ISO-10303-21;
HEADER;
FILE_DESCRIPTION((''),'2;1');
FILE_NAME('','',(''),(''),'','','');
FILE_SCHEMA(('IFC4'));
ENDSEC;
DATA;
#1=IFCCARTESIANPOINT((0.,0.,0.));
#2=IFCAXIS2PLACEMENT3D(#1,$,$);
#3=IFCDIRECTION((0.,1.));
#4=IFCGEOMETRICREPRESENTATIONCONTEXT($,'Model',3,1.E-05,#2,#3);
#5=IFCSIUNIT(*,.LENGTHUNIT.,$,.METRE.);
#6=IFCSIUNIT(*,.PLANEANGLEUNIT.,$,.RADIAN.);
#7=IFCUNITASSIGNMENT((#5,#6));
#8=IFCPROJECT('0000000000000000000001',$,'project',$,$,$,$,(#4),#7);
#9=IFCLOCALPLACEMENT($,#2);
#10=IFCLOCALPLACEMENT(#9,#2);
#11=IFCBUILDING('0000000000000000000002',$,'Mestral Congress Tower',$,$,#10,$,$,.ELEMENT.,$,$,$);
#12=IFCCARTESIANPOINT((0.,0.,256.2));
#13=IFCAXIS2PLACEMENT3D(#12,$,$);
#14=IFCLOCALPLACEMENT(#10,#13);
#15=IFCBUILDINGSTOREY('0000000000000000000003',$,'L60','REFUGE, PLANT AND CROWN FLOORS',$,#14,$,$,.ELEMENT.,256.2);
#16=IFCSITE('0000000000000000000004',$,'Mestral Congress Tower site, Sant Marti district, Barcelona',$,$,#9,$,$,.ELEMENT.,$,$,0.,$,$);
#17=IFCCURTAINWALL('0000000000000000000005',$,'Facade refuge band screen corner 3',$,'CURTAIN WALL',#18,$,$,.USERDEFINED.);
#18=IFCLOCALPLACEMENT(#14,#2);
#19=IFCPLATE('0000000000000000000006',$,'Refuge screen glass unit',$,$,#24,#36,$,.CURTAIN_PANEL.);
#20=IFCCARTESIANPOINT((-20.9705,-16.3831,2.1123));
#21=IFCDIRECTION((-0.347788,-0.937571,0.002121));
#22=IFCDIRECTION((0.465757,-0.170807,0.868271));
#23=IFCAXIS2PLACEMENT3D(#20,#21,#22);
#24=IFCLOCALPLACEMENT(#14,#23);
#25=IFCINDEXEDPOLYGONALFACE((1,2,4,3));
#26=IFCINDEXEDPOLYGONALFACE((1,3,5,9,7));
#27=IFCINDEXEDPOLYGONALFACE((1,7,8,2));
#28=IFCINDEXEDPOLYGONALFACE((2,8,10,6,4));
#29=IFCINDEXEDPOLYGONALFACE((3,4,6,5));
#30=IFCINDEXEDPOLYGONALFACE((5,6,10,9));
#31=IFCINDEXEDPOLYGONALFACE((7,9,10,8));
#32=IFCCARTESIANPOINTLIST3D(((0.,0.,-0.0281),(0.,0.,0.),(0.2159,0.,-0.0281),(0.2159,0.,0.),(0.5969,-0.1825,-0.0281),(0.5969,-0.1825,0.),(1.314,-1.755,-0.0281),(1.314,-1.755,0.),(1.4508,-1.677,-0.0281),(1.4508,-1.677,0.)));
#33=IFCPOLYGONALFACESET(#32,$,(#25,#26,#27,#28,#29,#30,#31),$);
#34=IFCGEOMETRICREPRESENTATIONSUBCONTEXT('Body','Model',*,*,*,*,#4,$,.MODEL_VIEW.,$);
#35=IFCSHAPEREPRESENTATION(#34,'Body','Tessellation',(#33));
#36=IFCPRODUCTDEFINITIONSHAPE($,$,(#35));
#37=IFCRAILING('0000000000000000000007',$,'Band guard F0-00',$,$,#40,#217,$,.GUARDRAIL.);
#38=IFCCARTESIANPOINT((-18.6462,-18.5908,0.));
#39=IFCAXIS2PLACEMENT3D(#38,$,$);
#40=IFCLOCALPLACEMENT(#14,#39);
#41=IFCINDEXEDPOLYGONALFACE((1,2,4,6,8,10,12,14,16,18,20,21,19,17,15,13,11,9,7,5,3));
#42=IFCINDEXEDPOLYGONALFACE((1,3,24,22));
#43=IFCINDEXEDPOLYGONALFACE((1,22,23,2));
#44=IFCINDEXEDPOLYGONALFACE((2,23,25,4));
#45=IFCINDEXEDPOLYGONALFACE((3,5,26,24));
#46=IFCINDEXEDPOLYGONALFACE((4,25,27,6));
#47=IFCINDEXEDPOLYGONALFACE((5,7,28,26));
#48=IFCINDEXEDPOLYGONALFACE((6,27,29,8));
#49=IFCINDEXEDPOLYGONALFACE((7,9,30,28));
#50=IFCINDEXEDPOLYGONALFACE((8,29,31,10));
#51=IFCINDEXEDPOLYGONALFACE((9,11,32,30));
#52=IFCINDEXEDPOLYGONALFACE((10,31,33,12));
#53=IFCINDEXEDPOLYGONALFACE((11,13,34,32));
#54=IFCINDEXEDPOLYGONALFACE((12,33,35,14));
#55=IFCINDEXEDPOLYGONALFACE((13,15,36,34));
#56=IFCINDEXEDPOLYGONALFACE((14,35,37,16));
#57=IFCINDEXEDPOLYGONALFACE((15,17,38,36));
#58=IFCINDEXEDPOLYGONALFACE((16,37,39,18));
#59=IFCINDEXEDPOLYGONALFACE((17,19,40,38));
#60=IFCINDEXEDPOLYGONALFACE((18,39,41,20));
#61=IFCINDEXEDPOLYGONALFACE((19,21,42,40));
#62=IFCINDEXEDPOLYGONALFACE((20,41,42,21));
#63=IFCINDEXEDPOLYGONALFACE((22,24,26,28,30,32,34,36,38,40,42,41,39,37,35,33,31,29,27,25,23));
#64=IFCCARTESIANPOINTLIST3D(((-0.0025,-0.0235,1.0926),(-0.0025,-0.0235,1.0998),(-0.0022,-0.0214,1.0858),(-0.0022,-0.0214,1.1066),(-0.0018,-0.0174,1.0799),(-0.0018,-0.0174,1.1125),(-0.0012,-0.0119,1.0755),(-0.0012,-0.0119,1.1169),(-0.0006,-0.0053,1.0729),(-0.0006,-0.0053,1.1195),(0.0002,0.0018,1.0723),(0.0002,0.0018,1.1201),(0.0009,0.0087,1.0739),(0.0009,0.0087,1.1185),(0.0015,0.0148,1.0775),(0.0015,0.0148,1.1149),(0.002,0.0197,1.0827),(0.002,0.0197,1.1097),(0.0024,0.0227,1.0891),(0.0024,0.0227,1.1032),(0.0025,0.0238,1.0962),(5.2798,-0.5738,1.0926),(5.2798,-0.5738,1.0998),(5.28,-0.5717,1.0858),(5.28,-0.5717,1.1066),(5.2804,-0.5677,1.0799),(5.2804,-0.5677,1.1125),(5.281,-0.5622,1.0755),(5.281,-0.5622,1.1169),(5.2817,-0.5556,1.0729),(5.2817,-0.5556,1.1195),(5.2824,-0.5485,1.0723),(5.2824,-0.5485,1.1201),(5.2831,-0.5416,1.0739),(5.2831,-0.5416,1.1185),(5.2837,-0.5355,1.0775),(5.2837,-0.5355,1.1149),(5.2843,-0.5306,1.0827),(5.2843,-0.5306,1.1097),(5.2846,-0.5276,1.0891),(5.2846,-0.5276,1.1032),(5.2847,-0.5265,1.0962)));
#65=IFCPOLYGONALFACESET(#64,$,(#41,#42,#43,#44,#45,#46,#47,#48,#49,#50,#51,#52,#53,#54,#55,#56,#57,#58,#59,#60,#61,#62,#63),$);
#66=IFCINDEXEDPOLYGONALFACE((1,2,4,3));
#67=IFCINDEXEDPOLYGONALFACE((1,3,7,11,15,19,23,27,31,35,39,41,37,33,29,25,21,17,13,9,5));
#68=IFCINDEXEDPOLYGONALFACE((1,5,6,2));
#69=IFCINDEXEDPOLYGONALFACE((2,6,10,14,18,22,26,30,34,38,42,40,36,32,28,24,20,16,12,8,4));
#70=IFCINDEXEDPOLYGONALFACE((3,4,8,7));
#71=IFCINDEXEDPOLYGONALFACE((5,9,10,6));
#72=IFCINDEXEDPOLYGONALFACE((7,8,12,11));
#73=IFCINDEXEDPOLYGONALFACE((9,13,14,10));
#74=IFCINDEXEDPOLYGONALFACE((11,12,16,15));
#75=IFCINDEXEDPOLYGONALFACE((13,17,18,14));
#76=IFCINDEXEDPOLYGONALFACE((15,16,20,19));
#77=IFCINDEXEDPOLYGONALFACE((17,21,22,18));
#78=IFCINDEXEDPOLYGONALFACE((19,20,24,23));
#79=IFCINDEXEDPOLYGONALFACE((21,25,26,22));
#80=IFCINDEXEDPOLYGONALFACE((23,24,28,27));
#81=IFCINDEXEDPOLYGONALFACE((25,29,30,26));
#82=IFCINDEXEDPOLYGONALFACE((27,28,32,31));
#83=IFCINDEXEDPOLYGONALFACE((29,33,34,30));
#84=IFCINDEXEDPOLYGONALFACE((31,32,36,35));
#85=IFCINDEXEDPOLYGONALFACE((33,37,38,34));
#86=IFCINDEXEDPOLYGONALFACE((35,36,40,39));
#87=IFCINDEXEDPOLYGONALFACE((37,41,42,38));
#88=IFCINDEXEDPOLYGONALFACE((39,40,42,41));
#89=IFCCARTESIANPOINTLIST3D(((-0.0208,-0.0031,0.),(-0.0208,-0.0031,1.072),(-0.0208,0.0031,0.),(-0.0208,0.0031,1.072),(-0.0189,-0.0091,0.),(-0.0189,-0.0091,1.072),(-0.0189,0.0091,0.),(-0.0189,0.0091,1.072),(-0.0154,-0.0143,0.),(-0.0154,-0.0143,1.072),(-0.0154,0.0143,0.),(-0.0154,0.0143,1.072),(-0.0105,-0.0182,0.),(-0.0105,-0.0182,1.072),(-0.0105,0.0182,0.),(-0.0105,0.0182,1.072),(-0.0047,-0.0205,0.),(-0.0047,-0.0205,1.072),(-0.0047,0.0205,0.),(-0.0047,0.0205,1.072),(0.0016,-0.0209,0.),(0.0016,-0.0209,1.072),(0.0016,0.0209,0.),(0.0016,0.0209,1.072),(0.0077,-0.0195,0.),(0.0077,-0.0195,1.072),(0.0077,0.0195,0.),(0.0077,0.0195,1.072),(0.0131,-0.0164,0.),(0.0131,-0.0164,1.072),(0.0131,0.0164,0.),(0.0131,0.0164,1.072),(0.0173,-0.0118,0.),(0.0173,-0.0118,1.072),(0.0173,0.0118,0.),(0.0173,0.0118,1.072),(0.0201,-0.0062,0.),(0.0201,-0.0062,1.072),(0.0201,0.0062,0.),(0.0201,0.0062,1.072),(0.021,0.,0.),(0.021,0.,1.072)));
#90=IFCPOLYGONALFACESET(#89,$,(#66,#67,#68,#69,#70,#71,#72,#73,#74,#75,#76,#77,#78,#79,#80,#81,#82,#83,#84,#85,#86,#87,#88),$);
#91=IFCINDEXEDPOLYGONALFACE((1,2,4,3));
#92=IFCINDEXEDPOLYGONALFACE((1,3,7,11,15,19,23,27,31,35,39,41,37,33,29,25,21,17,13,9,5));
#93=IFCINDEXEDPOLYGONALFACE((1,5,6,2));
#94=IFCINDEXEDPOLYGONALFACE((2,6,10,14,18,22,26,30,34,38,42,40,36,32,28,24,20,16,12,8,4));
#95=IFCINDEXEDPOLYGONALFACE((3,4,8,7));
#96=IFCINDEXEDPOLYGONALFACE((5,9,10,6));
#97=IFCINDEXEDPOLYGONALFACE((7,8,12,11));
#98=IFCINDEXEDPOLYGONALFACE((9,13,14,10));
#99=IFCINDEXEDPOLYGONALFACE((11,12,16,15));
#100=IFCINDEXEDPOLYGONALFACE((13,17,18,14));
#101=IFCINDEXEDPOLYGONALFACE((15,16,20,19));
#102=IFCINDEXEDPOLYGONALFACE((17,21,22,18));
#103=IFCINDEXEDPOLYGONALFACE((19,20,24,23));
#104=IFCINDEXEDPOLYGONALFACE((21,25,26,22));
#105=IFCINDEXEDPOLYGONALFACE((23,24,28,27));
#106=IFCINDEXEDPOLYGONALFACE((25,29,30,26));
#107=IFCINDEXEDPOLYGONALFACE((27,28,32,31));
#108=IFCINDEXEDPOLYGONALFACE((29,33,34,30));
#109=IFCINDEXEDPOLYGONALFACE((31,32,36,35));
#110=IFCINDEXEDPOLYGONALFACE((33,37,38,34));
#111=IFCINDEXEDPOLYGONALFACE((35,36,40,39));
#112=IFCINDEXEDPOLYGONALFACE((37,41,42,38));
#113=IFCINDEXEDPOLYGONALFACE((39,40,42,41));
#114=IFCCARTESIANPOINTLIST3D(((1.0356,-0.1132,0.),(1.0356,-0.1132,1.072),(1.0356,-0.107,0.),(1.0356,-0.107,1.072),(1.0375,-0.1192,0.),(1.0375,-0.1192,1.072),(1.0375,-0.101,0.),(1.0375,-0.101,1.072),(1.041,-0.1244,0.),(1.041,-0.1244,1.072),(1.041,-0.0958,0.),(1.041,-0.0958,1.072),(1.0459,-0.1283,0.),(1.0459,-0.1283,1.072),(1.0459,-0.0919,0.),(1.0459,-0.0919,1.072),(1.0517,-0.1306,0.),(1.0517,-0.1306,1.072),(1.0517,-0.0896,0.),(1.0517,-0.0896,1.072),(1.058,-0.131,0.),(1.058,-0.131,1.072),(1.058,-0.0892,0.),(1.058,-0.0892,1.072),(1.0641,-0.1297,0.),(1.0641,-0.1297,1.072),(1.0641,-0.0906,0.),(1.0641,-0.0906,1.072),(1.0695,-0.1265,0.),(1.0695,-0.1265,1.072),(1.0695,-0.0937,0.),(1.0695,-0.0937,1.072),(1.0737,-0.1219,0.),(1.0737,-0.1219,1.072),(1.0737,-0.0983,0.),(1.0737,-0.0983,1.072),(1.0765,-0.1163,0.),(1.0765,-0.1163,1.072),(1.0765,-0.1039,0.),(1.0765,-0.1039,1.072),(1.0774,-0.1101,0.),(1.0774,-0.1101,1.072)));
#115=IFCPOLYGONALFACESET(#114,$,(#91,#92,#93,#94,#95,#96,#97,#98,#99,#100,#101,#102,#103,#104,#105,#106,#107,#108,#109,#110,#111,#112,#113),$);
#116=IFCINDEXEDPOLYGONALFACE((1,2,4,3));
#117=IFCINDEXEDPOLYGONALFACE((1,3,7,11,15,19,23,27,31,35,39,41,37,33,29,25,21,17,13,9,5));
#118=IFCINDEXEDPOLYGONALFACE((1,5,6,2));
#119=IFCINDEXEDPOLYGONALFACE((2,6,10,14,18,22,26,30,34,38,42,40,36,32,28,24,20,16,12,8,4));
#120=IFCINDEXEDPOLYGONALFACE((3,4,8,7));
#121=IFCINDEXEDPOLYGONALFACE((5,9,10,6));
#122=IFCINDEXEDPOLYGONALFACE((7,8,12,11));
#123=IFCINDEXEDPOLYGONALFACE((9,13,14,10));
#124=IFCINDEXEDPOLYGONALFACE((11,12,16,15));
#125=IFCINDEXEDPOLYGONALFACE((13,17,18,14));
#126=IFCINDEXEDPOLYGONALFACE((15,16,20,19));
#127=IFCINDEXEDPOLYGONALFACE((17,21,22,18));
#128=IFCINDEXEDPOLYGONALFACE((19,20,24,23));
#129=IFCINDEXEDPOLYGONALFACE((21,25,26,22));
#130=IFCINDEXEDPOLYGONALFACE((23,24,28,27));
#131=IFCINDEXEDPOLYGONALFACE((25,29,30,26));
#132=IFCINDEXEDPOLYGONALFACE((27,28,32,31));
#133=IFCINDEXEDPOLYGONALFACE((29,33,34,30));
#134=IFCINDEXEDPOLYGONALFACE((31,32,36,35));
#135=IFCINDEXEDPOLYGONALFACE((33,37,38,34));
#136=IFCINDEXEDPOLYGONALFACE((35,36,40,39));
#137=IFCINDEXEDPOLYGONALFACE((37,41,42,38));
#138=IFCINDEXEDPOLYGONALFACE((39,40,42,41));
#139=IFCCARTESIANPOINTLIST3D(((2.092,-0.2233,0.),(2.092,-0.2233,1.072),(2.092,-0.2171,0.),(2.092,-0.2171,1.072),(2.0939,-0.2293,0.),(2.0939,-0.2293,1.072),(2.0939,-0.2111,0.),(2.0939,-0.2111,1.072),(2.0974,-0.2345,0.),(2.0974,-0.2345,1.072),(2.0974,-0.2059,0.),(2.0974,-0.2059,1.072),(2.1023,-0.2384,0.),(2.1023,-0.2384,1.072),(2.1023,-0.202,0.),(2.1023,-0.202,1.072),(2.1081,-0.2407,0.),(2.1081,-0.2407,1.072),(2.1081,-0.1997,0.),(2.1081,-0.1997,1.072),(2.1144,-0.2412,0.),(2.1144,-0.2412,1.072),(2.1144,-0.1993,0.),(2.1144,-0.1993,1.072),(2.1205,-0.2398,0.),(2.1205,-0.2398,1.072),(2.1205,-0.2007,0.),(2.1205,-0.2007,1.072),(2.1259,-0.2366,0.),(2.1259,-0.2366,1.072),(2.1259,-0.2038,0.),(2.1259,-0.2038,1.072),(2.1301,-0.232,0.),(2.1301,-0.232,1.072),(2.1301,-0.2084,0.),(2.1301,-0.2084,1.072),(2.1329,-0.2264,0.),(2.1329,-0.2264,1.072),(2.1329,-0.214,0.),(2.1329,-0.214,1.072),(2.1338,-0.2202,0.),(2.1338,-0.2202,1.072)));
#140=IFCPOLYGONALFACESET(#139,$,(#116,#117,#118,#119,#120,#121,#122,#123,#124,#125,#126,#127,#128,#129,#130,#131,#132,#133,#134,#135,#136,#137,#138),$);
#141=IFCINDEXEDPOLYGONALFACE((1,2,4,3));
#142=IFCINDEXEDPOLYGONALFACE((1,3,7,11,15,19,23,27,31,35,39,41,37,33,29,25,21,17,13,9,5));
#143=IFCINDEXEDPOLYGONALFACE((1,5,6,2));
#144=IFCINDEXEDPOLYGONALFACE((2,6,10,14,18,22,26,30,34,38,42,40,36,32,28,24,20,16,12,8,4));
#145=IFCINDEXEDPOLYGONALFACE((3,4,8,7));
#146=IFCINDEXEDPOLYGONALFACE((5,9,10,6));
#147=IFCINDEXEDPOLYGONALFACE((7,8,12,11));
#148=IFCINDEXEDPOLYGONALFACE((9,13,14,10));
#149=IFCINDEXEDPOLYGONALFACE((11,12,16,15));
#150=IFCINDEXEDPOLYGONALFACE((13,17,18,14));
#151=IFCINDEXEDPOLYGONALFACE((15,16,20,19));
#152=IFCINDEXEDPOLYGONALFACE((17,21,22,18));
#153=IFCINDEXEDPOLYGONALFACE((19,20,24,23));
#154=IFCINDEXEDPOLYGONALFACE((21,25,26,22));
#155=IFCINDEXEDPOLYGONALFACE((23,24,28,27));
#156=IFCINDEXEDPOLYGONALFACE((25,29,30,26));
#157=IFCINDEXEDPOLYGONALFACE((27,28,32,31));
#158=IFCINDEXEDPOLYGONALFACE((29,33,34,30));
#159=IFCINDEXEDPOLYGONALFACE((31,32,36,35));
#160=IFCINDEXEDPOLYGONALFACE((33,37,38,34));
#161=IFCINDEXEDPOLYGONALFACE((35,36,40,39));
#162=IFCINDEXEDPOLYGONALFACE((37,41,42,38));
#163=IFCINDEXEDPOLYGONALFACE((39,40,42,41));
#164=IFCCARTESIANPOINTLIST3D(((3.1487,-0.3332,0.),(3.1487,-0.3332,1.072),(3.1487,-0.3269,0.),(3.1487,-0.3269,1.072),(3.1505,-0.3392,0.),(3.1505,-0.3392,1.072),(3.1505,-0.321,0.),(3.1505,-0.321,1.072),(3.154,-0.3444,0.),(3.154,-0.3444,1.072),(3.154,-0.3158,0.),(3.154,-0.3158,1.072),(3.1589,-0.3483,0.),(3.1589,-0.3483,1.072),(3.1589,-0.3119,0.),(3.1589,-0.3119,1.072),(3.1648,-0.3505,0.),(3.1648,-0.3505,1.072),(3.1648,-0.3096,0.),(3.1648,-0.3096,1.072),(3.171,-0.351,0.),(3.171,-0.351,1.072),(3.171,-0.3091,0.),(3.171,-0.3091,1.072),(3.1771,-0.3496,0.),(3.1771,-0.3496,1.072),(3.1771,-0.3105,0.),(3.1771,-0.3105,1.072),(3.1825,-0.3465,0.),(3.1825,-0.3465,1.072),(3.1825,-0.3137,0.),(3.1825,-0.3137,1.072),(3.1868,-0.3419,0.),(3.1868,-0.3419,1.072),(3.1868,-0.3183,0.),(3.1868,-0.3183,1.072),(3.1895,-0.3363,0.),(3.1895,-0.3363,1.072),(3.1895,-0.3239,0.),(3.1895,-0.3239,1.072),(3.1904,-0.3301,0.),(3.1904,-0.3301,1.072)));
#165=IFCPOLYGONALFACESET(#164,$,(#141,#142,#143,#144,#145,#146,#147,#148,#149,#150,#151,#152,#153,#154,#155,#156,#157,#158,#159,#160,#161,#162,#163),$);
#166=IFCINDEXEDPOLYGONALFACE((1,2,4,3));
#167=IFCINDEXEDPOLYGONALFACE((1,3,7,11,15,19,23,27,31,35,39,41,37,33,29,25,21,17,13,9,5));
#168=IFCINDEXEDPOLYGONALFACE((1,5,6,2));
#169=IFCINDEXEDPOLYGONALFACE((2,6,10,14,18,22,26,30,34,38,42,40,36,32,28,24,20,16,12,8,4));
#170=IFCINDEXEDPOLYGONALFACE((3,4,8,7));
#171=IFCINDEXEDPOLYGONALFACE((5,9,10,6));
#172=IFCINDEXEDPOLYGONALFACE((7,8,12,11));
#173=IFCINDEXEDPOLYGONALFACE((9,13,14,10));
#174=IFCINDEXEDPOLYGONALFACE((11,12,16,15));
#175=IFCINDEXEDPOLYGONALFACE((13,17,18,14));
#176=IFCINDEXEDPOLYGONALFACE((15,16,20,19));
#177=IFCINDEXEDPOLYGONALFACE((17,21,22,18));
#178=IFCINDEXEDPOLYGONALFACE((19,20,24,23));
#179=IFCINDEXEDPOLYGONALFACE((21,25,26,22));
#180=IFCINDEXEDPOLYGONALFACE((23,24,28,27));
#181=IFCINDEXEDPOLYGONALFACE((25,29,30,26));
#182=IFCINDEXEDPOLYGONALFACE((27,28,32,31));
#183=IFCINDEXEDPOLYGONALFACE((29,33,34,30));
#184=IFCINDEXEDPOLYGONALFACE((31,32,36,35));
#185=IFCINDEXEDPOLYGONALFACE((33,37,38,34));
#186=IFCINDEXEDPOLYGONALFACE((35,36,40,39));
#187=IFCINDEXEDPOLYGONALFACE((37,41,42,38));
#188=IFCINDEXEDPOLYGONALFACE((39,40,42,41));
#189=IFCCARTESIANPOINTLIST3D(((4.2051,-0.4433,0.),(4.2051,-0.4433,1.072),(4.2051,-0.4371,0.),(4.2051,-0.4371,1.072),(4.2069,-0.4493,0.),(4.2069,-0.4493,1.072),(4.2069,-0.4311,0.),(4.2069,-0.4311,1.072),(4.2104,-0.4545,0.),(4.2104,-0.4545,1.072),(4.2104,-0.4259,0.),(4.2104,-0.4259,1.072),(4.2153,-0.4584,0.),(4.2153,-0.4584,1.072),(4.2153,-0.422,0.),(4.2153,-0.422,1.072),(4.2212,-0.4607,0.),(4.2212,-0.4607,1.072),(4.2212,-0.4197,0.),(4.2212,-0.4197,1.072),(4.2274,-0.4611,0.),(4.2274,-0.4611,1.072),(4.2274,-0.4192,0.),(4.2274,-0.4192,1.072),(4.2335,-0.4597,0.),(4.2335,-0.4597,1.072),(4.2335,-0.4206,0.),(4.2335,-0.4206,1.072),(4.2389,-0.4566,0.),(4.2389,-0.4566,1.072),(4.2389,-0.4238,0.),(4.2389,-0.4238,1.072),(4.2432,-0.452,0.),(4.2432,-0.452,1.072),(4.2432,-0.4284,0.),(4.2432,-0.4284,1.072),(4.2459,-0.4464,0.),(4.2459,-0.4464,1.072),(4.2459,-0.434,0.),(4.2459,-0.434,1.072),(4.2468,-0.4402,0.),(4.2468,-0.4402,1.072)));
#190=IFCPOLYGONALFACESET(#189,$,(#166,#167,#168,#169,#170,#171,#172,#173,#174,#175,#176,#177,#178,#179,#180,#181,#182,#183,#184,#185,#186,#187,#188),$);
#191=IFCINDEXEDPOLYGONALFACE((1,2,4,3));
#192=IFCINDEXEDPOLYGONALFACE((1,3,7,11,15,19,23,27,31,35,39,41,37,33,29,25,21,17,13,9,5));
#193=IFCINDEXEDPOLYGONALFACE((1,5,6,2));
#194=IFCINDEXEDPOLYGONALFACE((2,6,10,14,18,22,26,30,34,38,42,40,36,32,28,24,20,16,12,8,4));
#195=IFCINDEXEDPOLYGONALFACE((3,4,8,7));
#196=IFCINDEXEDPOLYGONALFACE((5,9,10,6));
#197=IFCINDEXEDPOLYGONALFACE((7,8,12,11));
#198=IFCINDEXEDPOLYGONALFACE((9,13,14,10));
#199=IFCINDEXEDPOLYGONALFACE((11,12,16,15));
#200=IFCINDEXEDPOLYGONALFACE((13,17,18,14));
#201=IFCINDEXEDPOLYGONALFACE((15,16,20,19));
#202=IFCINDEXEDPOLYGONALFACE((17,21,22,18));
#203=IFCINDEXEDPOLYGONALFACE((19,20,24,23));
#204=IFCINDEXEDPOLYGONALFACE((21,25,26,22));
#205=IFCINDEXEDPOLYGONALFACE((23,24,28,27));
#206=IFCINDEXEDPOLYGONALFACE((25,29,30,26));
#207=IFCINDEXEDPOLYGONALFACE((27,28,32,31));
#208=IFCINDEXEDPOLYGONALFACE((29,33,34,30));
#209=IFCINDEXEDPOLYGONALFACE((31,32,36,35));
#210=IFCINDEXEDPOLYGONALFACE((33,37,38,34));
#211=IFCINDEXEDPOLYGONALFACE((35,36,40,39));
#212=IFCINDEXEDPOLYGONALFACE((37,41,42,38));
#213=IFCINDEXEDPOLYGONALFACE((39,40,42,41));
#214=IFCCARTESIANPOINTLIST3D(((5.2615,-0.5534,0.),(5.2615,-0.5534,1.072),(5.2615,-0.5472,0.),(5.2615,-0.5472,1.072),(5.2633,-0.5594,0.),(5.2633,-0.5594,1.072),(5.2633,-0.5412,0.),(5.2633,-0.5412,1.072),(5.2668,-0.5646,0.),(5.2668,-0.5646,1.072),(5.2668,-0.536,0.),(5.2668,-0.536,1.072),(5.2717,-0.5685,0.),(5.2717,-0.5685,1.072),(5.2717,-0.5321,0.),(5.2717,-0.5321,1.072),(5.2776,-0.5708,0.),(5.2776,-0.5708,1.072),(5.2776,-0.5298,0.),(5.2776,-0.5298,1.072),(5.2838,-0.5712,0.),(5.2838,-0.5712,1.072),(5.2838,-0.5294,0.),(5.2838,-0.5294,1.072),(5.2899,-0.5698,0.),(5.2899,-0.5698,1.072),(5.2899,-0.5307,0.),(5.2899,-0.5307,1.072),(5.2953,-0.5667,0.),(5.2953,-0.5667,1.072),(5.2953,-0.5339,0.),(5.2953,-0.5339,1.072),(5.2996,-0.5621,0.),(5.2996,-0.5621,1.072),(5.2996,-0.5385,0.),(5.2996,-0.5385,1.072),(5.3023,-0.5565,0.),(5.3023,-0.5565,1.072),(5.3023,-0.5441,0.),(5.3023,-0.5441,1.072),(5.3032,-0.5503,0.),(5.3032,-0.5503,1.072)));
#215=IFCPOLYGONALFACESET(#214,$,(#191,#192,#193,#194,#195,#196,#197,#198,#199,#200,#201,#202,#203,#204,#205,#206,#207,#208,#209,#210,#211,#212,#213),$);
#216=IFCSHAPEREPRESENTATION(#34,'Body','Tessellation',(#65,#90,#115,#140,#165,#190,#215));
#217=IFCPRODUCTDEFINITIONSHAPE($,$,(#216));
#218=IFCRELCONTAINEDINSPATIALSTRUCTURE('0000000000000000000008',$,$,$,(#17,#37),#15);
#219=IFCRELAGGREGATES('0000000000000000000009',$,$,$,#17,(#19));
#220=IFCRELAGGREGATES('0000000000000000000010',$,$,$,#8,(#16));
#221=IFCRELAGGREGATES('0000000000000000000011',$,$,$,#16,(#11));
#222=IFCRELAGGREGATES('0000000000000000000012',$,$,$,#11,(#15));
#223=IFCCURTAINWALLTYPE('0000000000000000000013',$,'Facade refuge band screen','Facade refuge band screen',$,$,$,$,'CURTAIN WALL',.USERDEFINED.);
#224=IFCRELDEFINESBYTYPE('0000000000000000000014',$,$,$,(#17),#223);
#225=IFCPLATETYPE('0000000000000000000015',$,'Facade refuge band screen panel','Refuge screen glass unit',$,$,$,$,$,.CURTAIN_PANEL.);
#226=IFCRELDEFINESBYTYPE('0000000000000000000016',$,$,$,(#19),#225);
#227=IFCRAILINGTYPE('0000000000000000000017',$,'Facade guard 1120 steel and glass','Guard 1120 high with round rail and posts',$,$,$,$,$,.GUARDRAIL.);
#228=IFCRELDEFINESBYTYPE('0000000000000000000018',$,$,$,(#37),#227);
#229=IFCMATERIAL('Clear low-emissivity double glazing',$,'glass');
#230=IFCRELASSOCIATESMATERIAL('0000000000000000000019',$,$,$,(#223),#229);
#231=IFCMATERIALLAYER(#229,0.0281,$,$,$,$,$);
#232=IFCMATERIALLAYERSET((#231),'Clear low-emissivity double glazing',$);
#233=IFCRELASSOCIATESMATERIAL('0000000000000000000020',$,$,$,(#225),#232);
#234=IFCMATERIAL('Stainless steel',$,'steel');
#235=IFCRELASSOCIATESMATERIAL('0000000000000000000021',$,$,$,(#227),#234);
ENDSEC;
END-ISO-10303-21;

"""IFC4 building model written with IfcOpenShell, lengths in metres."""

from ifc_helpers import new_model, si_unit, direction, frame, origin, origin_2d, place, context, subcontext, project, spatial, polyline, circle, outline, extrude, material, layer, layer_set, type_object, element, aggregate, save


model = new_model("IFC4")

# Units and contexts
model_context = context("Model", 3, precision=1e-05, world=origin(), true_north=direction((0.0, 1.0)))
body_context = subcontext(model_context, "Body", "Model", "MODEL_VIEW")
ifc_project = project(units=[si_unit("LENGTHUNIT", "METRE"), si_unit("PLANEANGLEUNIT", "RADIAN")], contexts=[model_context])

# Site, building, storey
site_placement = place(None, origin())
site = spatial("IfcSite", under=ifc_project, at=site_placement, Name="Mestral Congress Tower site, Sant Marti district, Barcelona", CompositionType="ELEMENT", RefElevation=0.0)
building_placement = place(site_placement, origin())
building = spatial("IfcBuilding", under=site, at=building_placement, Name="Mestral Congress Tower", CompositionType="ELEMENT")
storey_placement = place(building_placement, frame((0.0, 0.0, 256.2)))
storey = spatial("IfcBuildingStorey", under=building, at=storey_placement, Name="L60", Description="REFUGE, PLANT AND CROWN FLOORS", CompositionType="ELEMENT", Elevation=256.2)

# Curtain wall
ifc_material_1 = material(Name="Clear low-emissivity double glazing", Category="glass")
curtain_wall_type = type_object("IfcCurtainWallType", Name="Facade refuge band screen", Description="Facade refuge band screen", ElementType="CURTAIN WALL", PredefinedType="USERDEFINED", material=ifc_material_1)
placement = place(storey_placement, origin())
curtain_wall_1 = element("IfcCurtainWall", 1, at=placement, inside=storey, type_object=curtain_wall_type, Name="Facade refuge band screen corner 3", ObjectType="CURTAIN WALL", PredefinedType="USERDEFINED")

# Plate
ifc_layer_1 = layer(ifc_material_1, 0.0281)
ifc_layer_set_1 = layer_set([ifc_layer_1], Name="Clear low-emissivity double glazing")
plate_type_1 = type_object("IfcPlateType", Name="Facade refuge band screen panel", Description="Refuge screen glass unit", PredefinedType="CURTAIN_PANEL", material=ifc_layer_set_1)
plate_1_placement = place(storey_placement, frame((-20.9705, -16.3831, 2.1123), z_axis=(-0.347788, -0.937571, 0.002121), x_axis=(0.465757, -0.170807, 0.868271)))
plate_1 = element("IfcPlate", 2, at=plate_1_placement, type_object=plate_type_1, Name="Refuge screen glass unit", PredefinedType="CURTAIN_PANEL", context=body_context, shape_type="SweptSolid", body=[
    extrude(outline(polyline([(0.0, 0.0), (0.2159, 0.0), (0.5969, -0.1825), (1.4508, -1.677), (1.314, -1.755), (0.0, 0.0)])), origin(), (0.0, 0.0, -1.0), 0.0281),
])

# Railing
ifc_material_2 = material(Name="Stainless steel", Category="steel")
railing_type = type_object("IfcRailingType", Name="Facade guard 1120 steel and glass", Description="Guard 1120 high with round rail and posts", PredefinedType="GUARDRAIL", material=ifc_material_2)
railing_placement = place(storey_placement, frame((-18.6462, -18.5908, 0.0)))
element("IfcRailing", 3, at=railing_placement, inside=storey, type_object=railing_type, Name="Band guard F0-00", PredefinedType="GUARDRAIL", context=body_context, shape_type="SweptSolid", body=[
    extrude(circle(Radius=0.0239, at=origin_2d()), frame((0.0, 0.0, 1.0962), z_axis=(0.994617, -0.103617, 0.0), x_axis=(0.103617, 0.994617, 0.0)), (0.0, 0.0, 1.0), 5.3108),
    extrude(circle(Radius=0.021, at=origin_2d()), origin(), (0.0, 0.0, 1.0), 1.072),
    extrude(circle(Radius=0.021, at=origin_2d()), frame((1.0564, -0.1101, 0.0)), (0.0, 0.0, 1.0), 1.072),
    extrude(circle(Radius=0.021, at=origin_2d()), frame((2.1128, -0.2202, 0.0)), (0.0, 0.0, 1.0), 1.072),
    extrude(circle(Radius=0.021, at=origin_2d()), frame((3.1694, -0.3301, 0.0)), (0.0, 0.0, 1.0), 1.072),
    extrude(circle(Radius=0.021, at=origin_2d()), frame((4.2258, -0.4402, 0.0)), (0.0, 0.0, 1.0), 1.072),
    extrude(circle(Radius=0.021, at=origin_2d()), frame((5.2822, -0.5503, 0.0)), (0.0, 0.0, 1.0), 1.072),
])

aggregate(curtain_wall_1, [plate_1])

save(model, "model.ifc")
